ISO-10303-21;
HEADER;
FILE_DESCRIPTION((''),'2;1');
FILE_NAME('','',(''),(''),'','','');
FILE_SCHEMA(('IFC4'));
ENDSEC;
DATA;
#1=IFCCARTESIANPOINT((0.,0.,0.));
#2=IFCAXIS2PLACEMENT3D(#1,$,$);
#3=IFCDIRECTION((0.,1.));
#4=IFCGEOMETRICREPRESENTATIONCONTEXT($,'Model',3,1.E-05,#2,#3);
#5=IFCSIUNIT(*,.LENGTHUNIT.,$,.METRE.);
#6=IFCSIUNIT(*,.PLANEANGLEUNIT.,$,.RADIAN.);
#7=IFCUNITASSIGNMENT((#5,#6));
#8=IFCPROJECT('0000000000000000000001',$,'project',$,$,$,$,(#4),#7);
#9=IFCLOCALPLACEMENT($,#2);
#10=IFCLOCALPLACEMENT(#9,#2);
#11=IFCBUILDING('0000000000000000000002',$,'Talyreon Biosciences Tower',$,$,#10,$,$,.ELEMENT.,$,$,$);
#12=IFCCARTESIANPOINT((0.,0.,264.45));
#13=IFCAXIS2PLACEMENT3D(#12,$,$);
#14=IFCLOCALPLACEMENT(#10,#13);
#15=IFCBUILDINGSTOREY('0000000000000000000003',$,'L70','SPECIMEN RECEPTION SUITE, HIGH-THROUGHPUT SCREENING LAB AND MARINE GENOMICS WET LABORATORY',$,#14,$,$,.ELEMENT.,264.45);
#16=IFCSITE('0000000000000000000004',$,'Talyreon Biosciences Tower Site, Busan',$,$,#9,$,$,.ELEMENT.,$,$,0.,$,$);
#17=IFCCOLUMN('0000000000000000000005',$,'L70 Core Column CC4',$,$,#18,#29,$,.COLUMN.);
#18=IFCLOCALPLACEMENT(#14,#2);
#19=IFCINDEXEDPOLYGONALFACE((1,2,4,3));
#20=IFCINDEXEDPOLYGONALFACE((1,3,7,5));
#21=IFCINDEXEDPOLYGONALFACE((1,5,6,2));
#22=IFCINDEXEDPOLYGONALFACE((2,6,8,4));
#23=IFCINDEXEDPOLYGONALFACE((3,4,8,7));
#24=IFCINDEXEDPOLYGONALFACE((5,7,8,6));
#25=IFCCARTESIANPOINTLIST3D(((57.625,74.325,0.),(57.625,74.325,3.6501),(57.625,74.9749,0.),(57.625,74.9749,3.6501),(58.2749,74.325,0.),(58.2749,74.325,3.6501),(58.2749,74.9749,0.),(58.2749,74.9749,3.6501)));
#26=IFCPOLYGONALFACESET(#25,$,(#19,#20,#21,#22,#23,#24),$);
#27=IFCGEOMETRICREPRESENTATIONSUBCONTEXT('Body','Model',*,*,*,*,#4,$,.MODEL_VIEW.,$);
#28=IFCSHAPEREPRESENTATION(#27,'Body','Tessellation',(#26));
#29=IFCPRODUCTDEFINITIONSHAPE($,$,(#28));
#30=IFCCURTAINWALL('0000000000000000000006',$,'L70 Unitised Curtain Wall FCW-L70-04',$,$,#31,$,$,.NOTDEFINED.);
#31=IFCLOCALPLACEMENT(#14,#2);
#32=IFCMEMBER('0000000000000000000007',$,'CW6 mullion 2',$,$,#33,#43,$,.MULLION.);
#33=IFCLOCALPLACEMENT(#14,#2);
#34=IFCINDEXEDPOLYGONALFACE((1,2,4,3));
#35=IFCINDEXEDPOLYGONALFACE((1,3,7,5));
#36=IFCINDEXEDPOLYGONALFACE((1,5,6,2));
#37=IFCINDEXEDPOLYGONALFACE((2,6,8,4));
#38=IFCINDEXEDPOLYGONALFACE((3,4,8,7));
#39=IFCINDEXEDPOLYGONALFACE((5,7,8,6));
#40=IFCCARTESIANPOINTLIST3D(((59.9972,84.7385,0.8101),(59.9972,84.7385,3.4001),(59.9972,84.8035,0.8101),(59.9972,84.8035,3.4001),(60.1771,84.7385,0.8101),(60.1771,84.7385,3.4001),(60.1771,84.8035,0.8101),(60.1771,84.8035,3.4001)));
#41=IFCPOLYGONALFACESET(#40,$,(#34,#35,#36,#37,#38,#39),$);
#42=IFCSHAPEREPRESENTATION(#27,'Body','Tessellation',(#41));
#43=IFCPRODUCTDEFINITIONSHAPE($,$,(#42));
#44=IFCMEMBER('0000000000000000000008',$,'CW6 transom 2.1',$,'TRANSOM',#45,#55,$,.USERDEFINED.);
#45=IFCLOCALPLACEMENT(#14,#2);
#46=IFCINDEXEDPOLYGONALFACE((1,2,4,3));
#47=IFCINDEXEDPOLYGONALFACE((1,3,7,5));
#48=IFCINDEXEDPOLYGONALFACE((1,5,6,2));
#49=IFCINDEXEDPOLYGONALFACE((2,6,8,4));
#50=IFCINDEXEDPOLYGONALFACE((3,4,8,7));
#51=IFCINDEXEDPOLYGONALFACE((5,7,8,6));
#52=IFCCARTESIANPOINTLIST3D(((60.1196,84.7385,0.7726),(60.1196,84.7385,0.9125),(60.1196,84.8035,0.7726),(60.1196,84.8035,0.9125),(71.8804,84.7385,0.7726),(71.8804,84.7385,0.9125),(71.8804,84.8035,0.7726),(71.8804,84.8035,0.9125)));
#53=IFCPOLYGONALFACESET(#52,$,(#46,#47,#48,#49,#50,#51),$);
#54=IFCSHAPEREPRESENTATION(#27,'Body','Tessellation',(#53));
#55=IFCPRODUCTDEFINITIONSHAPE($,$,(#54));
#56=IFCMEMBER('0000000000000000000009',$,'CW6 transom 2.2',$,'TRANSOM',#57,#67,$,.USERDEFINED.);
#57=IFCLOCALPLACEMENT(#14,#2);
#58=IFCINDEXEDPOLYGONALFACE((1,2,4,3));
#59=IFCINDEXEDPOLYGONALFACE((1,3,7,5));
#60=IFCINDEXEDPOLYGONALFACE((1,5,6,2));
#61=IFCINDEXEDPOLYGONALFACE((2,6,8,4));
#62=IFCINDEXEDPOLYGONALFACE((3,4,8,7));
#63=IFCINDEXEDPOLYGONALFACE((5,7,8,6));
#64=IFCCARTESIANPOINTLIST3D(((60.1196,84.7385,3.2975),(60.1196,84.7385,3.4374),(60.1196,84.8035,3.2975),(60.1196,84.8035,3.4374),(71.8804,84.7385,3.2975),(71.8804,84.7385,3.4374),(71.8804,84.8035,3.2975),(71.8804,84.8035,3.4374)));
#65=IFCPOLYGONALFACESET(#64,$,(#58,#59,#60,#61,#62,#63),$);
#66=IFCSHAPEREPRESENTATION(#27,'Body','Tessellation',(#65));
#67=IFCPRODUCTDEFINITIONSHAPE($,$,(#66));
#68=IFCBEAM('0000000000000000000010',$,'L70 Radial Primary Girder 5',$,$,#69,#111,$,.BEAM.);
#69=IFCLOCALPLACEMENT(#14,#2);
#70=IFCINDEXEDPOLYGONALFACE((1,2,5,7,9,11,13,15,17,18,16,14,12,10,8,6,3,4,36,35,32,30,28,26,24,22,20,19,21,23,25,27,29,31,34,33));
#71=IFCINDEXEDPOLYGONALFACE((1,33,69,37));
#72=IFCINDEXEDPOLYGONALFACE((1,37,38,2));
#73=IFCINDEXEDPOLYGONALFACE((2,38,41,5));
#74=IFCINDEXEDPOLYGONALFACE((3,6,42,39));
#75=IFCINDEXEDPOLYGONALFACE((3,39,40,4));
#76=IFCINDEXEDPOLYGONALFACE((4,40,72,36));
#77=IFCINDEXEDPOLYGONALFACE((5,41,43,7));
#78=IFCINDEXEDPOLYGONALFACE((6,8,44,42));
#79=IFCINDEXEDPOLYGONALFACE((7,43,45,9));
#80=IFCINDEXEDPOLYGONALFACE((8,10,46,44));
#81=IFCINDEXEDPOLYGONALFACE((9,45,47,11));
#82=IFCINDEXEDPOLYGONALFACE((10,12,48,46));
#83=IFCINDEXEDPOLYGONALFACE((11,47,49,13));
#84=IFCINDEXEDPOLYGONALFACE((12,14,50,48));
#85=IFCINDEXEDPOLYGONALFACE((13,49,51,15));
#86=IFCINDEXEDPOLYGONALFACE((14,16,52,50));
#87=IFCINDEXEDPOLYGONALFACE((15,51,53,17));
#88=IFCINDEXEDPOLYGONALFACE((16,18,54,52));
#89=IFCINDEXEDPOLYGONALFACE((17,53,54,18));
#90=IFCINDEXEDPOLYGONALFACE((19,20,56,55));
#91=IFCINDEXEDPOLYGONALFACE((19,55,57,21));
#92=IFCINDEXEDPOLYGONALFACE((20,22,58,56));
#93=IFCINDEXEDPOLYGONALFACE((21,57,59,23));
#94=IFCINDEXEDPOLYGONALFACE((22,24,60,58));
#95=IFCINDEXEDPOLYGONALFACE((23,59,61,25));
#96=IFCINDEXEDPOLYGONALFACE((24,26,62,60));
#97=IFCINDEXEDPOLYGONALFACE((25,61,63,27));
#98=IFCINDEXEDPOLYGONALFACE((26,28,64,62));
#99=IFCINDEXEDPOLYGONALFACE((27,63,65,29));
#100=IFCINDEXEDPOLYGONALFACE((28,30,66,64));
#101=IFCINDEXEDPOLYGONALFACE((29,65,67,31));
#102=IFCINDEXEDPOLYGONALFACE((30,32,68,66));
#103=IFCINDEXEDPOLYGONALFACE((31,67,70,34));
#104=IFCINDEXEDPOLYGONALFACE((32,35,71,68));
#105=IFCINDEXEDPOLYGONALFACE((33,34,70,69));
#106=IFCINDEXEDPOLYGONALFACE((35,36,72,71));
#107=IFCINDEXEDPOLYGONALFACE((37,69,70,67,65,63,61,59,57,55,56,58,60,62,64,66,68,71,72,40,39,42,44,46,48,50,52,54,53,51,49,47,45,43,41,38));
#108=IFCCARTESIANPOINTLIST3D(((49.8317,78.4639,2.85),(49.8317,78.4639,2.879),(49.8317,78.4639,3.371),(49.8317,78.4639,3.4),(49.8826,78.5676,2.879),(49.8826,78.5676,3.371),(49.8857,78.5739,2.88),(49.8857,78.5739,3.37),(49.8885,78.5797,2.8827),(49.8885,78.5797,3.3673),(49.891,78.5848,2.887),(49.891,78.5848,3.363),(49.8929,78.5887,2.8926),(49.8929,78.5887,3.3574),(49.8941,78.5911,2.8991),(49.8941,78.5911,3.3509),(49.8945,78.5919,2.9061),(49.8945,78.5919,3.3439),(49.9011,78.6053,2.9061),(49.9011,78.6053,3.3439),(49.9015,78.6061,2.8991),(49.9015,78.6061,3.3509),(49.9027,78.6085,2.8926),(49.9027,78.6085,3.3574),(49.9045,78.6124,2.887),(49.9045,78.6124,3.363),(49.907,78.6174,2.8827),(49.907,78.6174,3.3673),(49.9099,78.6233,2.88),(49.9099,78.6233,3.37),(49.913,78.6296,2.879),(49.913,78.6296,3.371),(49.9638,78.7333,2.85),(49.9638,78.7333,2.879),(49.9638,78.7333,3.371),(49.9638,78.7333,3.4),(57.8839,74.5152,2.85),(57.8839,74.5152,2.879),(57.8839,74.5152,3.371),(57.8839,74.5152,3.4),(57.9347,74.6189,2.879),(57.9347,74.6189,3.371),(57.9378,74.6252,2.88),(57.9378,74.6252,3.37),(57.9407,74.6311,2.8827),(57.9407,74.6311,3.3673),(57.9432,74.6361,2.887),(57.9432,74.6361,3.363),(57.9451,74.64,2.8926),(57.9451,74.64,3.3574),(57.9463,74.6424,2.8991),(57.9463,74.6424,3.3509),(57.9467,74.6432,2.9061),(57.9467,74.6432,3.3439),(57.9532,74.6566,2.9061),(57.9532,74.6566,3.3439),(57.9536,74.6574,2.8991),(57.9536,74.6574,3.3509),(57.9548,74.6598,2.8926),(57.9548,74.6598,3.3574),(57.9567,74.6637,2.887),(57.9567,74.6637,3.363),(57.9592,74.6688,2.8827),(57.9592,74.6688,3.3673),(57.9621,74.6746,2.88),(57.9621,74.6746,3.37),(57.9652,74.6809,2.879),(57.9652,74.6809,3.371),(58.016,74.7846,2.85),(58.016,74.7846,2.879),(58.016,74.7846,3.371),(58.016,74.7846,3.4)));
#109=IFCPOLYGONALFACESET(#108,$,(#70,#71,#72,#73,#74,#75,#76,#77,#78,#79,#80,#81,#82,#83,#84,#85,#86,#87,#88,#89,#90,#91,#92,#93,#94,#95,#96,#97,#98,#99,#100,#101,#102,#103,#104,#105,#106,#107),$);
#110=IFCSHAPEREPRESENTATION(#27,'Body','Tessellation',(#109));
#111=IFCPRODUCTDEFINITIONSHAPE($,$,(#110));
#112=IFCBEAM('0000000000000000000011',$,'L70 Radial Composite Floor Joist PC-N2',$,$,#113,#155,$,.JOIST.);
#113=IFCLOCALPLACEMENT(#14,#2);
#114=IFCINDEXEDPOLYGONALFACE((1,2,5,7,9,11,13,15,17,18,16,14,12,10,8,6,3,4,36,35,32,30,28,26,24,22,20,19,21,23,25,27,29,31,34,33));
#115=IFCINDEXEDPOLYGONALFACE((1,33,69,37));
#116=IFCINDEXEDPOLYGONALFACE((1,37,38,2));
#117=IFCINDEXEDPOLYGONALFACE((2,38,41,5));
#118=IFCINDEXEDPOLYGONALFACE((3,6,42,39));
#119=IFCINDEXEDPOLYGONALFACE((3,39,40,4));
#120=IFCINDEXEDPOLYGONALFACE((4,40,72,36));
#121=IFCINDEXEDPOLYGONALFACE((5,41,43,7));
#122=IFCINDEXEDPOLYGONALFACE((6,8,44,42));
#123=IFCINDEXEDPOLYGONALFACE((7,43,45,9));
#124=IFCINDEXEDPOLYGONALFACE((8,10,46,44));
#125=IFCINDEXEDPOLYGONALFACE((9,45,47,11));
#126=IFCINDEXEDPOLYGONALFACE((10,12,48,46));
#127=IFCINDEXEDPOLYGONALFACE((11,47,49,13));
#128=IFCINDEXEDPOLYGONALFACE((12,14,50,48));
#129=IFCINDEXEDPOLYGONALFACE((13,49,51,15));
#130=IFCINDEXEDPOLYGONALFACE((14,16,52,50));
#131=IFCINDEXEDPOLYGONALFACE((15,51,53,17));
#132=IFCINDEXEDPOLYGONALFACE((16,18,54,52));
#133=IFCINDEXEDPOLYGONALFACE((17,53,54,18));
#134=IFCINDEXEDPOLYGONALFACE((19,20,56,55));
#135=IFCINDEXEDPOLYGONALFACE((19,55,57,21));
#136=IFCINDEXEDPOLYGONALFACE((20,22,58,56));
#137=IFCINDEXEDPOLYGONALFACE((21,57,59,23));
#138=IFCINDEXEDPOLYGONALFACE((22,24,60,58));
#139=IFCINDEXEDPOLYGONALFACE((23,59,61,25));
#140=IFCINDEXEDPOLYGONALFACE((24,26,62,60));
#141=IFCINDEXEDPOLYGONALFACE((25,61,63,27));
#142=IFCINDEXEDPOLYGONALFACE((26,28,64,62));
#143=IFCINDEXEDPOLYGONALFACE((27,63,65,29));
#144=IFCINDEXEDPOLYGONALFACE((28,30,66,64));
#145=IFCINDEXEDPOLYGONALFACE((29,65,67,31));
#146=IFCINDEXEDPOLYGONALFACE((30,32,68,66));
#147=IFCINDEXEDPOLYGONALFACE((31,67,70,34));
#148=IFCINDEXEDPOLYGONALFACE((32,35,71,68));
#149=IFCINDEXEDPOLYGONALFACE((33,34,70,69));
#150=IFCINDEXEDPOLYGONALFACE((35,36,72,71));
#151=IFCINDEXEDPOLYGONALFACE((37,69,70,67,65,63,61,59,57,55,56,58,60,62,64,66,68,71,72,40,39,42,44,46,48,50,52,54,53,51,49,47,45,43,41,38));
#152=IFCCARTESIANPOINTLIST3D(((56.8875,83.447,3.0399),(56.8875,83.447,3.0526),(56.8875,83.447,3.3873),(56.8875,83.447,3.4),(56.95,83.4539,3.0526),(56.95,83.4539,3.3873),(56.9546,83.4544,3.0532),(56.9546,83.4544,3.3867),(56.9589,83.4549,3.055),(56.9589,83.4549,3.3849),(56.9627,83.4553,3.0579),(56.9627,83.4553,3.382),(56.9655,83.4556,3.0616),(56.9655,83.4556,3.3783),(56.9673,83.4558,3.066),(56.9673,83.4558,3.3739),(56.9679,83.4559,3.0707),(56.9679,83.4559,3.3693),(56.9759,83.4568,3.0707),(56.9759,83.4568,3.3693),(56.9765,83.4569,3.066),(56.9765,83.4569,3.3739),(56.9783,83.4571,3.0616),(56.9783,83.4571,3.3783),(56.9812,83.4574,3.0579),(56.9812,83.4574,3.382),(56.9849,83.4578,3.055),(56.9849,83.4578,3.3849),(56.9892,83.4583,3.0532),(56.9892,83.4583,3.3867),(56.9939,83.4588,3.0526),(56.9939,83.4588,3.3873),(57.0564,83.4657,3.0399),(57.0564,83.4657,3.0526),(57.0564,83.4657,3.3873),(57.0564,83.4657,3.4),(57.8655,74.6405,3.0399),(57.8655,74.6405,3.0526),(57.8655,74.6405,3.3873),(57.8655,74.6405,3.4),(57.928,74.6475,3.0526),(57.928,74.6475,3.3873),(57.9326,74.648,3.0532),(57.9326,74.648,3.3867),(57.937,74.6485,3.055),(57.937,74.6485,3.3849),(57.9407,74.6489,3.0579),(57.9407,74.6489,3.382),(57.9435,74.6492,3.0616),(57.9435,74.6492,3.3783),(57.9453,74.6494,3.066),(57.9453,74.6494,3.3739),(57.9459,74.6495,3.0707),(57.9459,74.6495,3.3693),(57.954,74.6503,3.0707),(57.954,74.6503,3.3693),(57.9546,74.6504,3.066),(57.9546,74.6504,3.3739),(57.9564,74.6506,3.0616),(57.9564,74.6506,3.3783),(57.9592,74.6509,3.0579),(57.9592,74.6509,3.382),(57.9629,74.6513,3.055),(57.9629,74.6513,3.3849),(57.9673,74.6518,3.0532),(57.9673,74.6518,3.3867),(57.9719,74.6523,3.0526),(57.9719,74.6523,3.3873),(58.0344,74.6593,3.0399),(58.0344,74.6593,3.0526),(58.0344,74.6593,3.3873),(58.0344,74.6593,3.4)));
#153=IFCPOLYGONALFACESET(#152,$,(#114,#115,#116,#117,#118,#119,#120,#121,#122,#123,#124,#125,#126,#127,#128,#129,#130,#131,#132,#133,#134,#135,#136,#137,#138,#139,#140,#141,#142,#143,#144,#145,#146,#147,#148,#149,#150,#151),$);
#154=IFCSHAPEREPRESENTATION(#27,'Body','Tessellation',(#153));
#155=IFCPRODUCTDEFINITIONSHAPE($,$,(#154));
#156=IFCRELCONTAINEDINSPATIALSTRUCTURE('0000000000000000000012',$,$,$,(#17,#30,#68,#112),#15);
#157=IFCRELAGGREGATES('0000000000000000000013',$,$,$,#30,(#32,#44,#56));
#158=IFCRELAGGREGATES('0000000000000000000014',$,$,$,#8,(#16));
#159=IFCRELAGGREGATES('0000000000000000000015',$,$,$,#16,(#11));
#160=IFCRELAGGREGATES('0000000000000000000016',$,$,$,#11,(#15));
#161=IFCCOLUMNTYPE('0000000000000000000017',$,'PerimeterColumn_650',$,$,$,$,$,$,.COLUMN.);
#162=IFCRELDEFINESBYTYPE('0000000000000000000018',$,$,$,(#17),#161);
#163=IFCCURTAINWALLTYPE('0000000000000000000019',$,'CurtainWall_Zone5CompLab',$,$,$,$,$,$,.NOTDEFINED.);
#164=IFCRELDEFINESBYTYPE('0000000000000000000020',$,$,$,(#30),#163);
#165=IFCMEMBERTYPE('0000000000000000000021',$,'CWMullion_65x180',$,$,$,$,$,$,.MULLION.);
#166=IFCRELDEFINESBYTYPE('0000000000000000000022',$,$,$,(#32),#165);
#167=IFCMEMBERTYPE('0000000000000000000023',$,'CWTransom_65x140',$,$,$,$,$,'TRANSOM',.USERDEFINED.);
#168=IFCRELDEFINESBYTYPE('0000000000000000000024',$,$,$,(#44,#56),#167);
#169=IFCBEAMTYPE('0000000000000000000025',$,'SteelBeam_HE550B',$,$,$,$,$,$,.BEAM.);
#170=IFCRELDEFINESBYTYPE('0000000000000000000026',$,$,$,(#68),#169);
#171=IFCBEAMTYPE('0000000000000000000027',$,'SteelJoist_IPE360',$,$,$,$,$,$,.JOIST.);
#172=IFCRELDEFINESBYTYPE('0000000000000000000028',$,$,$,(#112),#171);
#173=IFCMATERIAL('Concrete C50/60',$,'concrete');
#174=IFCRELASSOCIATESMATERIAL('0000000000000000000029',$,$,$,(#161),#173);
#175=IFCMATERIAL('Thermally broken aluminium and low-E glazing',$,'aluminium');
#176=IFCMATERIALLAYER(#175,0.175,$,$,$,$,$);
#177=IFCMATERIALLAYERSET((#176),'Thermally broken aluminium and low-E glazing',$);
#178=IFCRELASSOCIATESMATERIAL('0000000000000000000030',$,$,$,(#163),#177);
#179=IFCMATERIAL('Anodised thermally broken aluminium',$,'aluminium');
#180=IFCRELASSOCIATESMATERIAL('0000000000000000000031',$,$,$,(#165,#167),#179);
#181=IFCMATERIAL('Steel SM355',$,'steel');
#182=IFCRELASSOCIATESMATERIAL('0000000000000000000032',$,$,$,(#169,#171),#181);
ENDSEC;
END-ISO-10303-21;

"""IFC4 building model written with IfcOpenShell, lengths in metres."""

from ifc_helpers import new_model, si_unit, direction, frame, origin, origin_2d, place, context, subcontext, project, spatial, rectangle, i_section, extrude, material, layer, layer_set, material_profile, profile_set, type_object, element, aggregate, save


model = new_model("IFC4")

# Units and contexts
model_context = context("Model", 3, precision=1e-05, world=origin(), true_north=direction((0.0, 1.0)))
body_context = subcontext(model_context, "Body", "Model", "MODEL_VIEW")
ifc_project = project(units=[si_unit("LENGTHUNIT", "METRE"), si_unit("PLANEANGLEUNIT", "RADIAN")], contexts=[model_context])

# Site, building, storey
site_placement = place(None, origin())
site = spatial("IfcSite", under=ifc_project, at=site_placement, Name="Talyreon Biosciences Tower Site, Busan", CompositionType="ELEMENT", RefElevation=0.0)
building_placement = place(site_placement, origin())
building = spatial("IfcBuilding", under=site, at=building_placement, Name="Talyreon Biosciences Tower", CompositionType="ELEMENT")
storey_placement = place(building_placement, frame((0.0, 0.0, 264.45)))
storey = spatial("IfcBuildingStorey", under=building, at=storey_placement, Name="L70", Description="SPECIMEN RECEPTION SUITE, HIGH-THROUGHPUT SCREENING LAB AND MARINE GENOMICS WET LABORATORY", CompositionType="ELEMENT", Elevation=264.45)

# Column
ifc_material_1 = material(Name="Concrete C50/60", Category="concrete")
ifc_material_profile_1 = material_profile(ifc_material_1, rectangle(XDim=0.6499, YDim=0.6499, at=origin_2d()), Name="RC 650x650")
ifc_profile_set_1 = profile_set([ifc_material_profile_1], Name="Concrete C50/60")
column_type = type_object("IfcColumnType", Name="PerimeterColumn_650", PredefinedType="COLUMN", material=ifc_profile_set_1)
column_placement = place(storey_placement, frame((57.95, 74.6499, 0.0), z_axis=(0.0, 0.0, 1.0), x_axis=(1.0, 0.0, 0.0)))
element("IfcColumn", 1, at=column_placement, inside=storey, type_object=column_type, Name="L70 Core Column CC4", PredefinedType="COLUMN", context=body_context, shape_type="SweptSolid", body=[
    extrude(rectangle(XDim=0.6499, YDim=0.6499, at=origin_2d()), origin(), (0.0, 0.0, 1.0), 3.6501),
])

# Curtain wall, members
ifc_material_2 = material(Name="Thermally broken aluminium and low-E glazing", Category="aluminium")
ifc_layer_1 = layer(ifc_material_2, 0.175)
ifc_layer_set_1 = layer_set([ifc_layer_1], Name="Thermally broken aluminium and low-E glazing")
curtain_wall_type = type_object("IfcCurtainWallType", Name="CurtainWall_Zone5CompLab", PredefinedType="NOTDEFINED", material=ifc_layer_set_1)
curtain_wall_placement = place(storey_placement, origin())
curtain_wall = element("IfcCurtainWall", 2, at=curtain_wall_placement, inside=storey, type_object=curtain_wall_type, Name="L70 Unitised Curtain Wall FCW-L70-04", PredefinedType="NOTDEFINED")
ifc_material_3 = material(Name="Anodised thermally broken aluminium", Category="aluminium")
ifc_material_profile_2 = material_profile(ifc_material_3, rectangle(XDim=0.0649, YDim=0.1799, at=origin_2d()), Name="ALUM MULLION 65x180")
ifc_profile_set_2 = profile_set([ifc_material_profile_2], Name="Anodised thermally broken aluminium")
member_type_1 = type_object("IfcMemberType", Name="CWMullion_65x180", PredefinedType="MULLION", material=ifc_profile_set_2)
member_1_placement = place(storey_placement, frame((60.0872, 84.771, 0.8101), z_axis=(0.0, 0.0, 1.0), x_axis=(0.0, 1.0, 0.0)))
member_1 = element("IfcMember", 3, at=member_1_placement, type_object=member_type_1, Name="CW6 mullion 2", PredefinedType="MULLION", context=body_context, shape_type="SweptSolid", body=[
    extrude(rectangle(XDim=0.0649, YDim=0.1799, at=origin_2d()), origin(), (0.0, 0.0, 1.0), 2.5901),
])
ifc_material_profile_3 = material_profile(ifc_material_3, rectangle(XDim=0.0649, YDim=0.1399, at=origin_2d()), Name="ALUM TRANSOM 65x140")
ifc_profile_set_3 = profile_set([ifc_material_profile_3], Name="Anodised thermally broken aluminium")
member_type_2 = type_object("IfcMemberType", Name="CWTransom_65x140", ElementType="TRANSOM", PredefinedType="USERDEFINED", material=ifc_profile_set_3)
member_2_placement = place(storey_placement, frame((60.1196, 84.771, 0.8425), z_axis=(1.0, 0.0, 0.0), x_axis=(0.0, 1.0, 0.0)))
member_2 = element("IfcMember", 4, at=member_2_placement, type_object=member_type_2, Name="CW6 transom 2.1", ObjectType="TRANSOM", PredefinedType="USERDEFINED", context=body_context, shape_type="SweptSolid", body=[
    extrude(rectangle(XDim=0.0649, YDim=0.1399, at=origin_2d()), origin(), (0.0, 0.0, 1.0), 11.7607),
])
member_3_placement = place(storey_placement, frame((60.1196, 84.771, 3.3674), z_axis=(1.0, 0.0, 0.0), x_axis=(0.0, 1.0, 0.0)))
member_3 = element("IfcMember", 5, at=member_3_placement, type_object=member_type_2, Name="CW6 transom 2.2", ObjectType="TRANSOM", PredefinedType="USERDEFINED", context=body_context, shape_type="SweptSolid", body=[
    extrude(rectangle(XDim=0.0649, YDim=0.1399, at=origin_2d()), origin(), (0.0, 0.0, 1.0), 11.7607),
])
aggregate(curtain_wall, [member_1, member_2, member_3])

# Beams
ifc_material_4 = material(Name="Steel SM355", Category="steel")
ifc_material_profile_4 = material_profile(ifc_material_4, i_section(OverallWidth=0.3, OverallDepth=0.55, WebThickness=0.0149, FlangeThickness=0.0291, FilletRadius=0.0271, at=origin_2d()), Name="HE550B")
ifc_profile_set_4 = profile_set([ifc_material_profile_4], Name="Steel SM355")
beam_type_1 = type_object("IfcBeamType", Name="SteelBeam_HE550B", PredefinedType="BEAM", material=ifc_profile_set_4)
beam_1_placement = place(storey_placement, frame((57.95, 74.6499, 3.125), z_axis=(-0.897852, 0.440297, 0.0), x_axis=(-0.440297, -0.897852, 0.0)))
element("IfcBeam", 6, at=beam_1_placement, inside=storey, type_object=beam_type_1, Name="L70 Radial Primary Girder 5", PredefinedType="BEAM", context=body_context, shape_type="SweptSolid", body=[
    extrude(i_section(OverallWidth=0.3, OverallDepth=0.55, WebThickness=0.0149, FlangeThickness=0.0291, FilletRadius=0.0271, at=origin_2d()), origin(), (0.0, 0.0, 1.0), 8.9683),
])
ifc_material_profile_5 = material_profile(ifc_material_4, i_section(OverallWidth=0.1699, OverallDepth=0.3601, WebThickness=0.0081, FlangeThickness=0.0127, FilletRadius=0.0181, at=origin_2d()), Name="IPE360")
ifc_profile_set_5 = profile_set([ifc_material_profile_5], Name="Steel SM355")
beam_type_2 = type_object("IfcBeamType", Name="SteelJoist_IPE360", PredefinedType="JOIST", material=ifc_profile_set_5)
beam_2_placement = place(storey_placement, frame((57.95, 74.6499, 3.22), z_axis=(-0.11038, 0.993889, 0.0), x_axis=(-0.993889, -0.11038, 0.0)))
element("IfcBeam", 7, at=beam_2_placement, inside=storey, type_object=beam_type_2, Name="L70 Radial Composite Floor Joist PC-N2", PredefinedType="JOIST", context=body_context, shape_type="SweptSolid", body=[
    extrude(i_section(OverallWidth=0.1699, OverallDepth=0.3601, WebThickness=0.0081, FlangeThickness=0.0127, FilletRadius=0.0181, at=origin_2d()), origin(), (0.0, 0.0, 1.0), 8.8606),
])

save(model, "model.ifc")
